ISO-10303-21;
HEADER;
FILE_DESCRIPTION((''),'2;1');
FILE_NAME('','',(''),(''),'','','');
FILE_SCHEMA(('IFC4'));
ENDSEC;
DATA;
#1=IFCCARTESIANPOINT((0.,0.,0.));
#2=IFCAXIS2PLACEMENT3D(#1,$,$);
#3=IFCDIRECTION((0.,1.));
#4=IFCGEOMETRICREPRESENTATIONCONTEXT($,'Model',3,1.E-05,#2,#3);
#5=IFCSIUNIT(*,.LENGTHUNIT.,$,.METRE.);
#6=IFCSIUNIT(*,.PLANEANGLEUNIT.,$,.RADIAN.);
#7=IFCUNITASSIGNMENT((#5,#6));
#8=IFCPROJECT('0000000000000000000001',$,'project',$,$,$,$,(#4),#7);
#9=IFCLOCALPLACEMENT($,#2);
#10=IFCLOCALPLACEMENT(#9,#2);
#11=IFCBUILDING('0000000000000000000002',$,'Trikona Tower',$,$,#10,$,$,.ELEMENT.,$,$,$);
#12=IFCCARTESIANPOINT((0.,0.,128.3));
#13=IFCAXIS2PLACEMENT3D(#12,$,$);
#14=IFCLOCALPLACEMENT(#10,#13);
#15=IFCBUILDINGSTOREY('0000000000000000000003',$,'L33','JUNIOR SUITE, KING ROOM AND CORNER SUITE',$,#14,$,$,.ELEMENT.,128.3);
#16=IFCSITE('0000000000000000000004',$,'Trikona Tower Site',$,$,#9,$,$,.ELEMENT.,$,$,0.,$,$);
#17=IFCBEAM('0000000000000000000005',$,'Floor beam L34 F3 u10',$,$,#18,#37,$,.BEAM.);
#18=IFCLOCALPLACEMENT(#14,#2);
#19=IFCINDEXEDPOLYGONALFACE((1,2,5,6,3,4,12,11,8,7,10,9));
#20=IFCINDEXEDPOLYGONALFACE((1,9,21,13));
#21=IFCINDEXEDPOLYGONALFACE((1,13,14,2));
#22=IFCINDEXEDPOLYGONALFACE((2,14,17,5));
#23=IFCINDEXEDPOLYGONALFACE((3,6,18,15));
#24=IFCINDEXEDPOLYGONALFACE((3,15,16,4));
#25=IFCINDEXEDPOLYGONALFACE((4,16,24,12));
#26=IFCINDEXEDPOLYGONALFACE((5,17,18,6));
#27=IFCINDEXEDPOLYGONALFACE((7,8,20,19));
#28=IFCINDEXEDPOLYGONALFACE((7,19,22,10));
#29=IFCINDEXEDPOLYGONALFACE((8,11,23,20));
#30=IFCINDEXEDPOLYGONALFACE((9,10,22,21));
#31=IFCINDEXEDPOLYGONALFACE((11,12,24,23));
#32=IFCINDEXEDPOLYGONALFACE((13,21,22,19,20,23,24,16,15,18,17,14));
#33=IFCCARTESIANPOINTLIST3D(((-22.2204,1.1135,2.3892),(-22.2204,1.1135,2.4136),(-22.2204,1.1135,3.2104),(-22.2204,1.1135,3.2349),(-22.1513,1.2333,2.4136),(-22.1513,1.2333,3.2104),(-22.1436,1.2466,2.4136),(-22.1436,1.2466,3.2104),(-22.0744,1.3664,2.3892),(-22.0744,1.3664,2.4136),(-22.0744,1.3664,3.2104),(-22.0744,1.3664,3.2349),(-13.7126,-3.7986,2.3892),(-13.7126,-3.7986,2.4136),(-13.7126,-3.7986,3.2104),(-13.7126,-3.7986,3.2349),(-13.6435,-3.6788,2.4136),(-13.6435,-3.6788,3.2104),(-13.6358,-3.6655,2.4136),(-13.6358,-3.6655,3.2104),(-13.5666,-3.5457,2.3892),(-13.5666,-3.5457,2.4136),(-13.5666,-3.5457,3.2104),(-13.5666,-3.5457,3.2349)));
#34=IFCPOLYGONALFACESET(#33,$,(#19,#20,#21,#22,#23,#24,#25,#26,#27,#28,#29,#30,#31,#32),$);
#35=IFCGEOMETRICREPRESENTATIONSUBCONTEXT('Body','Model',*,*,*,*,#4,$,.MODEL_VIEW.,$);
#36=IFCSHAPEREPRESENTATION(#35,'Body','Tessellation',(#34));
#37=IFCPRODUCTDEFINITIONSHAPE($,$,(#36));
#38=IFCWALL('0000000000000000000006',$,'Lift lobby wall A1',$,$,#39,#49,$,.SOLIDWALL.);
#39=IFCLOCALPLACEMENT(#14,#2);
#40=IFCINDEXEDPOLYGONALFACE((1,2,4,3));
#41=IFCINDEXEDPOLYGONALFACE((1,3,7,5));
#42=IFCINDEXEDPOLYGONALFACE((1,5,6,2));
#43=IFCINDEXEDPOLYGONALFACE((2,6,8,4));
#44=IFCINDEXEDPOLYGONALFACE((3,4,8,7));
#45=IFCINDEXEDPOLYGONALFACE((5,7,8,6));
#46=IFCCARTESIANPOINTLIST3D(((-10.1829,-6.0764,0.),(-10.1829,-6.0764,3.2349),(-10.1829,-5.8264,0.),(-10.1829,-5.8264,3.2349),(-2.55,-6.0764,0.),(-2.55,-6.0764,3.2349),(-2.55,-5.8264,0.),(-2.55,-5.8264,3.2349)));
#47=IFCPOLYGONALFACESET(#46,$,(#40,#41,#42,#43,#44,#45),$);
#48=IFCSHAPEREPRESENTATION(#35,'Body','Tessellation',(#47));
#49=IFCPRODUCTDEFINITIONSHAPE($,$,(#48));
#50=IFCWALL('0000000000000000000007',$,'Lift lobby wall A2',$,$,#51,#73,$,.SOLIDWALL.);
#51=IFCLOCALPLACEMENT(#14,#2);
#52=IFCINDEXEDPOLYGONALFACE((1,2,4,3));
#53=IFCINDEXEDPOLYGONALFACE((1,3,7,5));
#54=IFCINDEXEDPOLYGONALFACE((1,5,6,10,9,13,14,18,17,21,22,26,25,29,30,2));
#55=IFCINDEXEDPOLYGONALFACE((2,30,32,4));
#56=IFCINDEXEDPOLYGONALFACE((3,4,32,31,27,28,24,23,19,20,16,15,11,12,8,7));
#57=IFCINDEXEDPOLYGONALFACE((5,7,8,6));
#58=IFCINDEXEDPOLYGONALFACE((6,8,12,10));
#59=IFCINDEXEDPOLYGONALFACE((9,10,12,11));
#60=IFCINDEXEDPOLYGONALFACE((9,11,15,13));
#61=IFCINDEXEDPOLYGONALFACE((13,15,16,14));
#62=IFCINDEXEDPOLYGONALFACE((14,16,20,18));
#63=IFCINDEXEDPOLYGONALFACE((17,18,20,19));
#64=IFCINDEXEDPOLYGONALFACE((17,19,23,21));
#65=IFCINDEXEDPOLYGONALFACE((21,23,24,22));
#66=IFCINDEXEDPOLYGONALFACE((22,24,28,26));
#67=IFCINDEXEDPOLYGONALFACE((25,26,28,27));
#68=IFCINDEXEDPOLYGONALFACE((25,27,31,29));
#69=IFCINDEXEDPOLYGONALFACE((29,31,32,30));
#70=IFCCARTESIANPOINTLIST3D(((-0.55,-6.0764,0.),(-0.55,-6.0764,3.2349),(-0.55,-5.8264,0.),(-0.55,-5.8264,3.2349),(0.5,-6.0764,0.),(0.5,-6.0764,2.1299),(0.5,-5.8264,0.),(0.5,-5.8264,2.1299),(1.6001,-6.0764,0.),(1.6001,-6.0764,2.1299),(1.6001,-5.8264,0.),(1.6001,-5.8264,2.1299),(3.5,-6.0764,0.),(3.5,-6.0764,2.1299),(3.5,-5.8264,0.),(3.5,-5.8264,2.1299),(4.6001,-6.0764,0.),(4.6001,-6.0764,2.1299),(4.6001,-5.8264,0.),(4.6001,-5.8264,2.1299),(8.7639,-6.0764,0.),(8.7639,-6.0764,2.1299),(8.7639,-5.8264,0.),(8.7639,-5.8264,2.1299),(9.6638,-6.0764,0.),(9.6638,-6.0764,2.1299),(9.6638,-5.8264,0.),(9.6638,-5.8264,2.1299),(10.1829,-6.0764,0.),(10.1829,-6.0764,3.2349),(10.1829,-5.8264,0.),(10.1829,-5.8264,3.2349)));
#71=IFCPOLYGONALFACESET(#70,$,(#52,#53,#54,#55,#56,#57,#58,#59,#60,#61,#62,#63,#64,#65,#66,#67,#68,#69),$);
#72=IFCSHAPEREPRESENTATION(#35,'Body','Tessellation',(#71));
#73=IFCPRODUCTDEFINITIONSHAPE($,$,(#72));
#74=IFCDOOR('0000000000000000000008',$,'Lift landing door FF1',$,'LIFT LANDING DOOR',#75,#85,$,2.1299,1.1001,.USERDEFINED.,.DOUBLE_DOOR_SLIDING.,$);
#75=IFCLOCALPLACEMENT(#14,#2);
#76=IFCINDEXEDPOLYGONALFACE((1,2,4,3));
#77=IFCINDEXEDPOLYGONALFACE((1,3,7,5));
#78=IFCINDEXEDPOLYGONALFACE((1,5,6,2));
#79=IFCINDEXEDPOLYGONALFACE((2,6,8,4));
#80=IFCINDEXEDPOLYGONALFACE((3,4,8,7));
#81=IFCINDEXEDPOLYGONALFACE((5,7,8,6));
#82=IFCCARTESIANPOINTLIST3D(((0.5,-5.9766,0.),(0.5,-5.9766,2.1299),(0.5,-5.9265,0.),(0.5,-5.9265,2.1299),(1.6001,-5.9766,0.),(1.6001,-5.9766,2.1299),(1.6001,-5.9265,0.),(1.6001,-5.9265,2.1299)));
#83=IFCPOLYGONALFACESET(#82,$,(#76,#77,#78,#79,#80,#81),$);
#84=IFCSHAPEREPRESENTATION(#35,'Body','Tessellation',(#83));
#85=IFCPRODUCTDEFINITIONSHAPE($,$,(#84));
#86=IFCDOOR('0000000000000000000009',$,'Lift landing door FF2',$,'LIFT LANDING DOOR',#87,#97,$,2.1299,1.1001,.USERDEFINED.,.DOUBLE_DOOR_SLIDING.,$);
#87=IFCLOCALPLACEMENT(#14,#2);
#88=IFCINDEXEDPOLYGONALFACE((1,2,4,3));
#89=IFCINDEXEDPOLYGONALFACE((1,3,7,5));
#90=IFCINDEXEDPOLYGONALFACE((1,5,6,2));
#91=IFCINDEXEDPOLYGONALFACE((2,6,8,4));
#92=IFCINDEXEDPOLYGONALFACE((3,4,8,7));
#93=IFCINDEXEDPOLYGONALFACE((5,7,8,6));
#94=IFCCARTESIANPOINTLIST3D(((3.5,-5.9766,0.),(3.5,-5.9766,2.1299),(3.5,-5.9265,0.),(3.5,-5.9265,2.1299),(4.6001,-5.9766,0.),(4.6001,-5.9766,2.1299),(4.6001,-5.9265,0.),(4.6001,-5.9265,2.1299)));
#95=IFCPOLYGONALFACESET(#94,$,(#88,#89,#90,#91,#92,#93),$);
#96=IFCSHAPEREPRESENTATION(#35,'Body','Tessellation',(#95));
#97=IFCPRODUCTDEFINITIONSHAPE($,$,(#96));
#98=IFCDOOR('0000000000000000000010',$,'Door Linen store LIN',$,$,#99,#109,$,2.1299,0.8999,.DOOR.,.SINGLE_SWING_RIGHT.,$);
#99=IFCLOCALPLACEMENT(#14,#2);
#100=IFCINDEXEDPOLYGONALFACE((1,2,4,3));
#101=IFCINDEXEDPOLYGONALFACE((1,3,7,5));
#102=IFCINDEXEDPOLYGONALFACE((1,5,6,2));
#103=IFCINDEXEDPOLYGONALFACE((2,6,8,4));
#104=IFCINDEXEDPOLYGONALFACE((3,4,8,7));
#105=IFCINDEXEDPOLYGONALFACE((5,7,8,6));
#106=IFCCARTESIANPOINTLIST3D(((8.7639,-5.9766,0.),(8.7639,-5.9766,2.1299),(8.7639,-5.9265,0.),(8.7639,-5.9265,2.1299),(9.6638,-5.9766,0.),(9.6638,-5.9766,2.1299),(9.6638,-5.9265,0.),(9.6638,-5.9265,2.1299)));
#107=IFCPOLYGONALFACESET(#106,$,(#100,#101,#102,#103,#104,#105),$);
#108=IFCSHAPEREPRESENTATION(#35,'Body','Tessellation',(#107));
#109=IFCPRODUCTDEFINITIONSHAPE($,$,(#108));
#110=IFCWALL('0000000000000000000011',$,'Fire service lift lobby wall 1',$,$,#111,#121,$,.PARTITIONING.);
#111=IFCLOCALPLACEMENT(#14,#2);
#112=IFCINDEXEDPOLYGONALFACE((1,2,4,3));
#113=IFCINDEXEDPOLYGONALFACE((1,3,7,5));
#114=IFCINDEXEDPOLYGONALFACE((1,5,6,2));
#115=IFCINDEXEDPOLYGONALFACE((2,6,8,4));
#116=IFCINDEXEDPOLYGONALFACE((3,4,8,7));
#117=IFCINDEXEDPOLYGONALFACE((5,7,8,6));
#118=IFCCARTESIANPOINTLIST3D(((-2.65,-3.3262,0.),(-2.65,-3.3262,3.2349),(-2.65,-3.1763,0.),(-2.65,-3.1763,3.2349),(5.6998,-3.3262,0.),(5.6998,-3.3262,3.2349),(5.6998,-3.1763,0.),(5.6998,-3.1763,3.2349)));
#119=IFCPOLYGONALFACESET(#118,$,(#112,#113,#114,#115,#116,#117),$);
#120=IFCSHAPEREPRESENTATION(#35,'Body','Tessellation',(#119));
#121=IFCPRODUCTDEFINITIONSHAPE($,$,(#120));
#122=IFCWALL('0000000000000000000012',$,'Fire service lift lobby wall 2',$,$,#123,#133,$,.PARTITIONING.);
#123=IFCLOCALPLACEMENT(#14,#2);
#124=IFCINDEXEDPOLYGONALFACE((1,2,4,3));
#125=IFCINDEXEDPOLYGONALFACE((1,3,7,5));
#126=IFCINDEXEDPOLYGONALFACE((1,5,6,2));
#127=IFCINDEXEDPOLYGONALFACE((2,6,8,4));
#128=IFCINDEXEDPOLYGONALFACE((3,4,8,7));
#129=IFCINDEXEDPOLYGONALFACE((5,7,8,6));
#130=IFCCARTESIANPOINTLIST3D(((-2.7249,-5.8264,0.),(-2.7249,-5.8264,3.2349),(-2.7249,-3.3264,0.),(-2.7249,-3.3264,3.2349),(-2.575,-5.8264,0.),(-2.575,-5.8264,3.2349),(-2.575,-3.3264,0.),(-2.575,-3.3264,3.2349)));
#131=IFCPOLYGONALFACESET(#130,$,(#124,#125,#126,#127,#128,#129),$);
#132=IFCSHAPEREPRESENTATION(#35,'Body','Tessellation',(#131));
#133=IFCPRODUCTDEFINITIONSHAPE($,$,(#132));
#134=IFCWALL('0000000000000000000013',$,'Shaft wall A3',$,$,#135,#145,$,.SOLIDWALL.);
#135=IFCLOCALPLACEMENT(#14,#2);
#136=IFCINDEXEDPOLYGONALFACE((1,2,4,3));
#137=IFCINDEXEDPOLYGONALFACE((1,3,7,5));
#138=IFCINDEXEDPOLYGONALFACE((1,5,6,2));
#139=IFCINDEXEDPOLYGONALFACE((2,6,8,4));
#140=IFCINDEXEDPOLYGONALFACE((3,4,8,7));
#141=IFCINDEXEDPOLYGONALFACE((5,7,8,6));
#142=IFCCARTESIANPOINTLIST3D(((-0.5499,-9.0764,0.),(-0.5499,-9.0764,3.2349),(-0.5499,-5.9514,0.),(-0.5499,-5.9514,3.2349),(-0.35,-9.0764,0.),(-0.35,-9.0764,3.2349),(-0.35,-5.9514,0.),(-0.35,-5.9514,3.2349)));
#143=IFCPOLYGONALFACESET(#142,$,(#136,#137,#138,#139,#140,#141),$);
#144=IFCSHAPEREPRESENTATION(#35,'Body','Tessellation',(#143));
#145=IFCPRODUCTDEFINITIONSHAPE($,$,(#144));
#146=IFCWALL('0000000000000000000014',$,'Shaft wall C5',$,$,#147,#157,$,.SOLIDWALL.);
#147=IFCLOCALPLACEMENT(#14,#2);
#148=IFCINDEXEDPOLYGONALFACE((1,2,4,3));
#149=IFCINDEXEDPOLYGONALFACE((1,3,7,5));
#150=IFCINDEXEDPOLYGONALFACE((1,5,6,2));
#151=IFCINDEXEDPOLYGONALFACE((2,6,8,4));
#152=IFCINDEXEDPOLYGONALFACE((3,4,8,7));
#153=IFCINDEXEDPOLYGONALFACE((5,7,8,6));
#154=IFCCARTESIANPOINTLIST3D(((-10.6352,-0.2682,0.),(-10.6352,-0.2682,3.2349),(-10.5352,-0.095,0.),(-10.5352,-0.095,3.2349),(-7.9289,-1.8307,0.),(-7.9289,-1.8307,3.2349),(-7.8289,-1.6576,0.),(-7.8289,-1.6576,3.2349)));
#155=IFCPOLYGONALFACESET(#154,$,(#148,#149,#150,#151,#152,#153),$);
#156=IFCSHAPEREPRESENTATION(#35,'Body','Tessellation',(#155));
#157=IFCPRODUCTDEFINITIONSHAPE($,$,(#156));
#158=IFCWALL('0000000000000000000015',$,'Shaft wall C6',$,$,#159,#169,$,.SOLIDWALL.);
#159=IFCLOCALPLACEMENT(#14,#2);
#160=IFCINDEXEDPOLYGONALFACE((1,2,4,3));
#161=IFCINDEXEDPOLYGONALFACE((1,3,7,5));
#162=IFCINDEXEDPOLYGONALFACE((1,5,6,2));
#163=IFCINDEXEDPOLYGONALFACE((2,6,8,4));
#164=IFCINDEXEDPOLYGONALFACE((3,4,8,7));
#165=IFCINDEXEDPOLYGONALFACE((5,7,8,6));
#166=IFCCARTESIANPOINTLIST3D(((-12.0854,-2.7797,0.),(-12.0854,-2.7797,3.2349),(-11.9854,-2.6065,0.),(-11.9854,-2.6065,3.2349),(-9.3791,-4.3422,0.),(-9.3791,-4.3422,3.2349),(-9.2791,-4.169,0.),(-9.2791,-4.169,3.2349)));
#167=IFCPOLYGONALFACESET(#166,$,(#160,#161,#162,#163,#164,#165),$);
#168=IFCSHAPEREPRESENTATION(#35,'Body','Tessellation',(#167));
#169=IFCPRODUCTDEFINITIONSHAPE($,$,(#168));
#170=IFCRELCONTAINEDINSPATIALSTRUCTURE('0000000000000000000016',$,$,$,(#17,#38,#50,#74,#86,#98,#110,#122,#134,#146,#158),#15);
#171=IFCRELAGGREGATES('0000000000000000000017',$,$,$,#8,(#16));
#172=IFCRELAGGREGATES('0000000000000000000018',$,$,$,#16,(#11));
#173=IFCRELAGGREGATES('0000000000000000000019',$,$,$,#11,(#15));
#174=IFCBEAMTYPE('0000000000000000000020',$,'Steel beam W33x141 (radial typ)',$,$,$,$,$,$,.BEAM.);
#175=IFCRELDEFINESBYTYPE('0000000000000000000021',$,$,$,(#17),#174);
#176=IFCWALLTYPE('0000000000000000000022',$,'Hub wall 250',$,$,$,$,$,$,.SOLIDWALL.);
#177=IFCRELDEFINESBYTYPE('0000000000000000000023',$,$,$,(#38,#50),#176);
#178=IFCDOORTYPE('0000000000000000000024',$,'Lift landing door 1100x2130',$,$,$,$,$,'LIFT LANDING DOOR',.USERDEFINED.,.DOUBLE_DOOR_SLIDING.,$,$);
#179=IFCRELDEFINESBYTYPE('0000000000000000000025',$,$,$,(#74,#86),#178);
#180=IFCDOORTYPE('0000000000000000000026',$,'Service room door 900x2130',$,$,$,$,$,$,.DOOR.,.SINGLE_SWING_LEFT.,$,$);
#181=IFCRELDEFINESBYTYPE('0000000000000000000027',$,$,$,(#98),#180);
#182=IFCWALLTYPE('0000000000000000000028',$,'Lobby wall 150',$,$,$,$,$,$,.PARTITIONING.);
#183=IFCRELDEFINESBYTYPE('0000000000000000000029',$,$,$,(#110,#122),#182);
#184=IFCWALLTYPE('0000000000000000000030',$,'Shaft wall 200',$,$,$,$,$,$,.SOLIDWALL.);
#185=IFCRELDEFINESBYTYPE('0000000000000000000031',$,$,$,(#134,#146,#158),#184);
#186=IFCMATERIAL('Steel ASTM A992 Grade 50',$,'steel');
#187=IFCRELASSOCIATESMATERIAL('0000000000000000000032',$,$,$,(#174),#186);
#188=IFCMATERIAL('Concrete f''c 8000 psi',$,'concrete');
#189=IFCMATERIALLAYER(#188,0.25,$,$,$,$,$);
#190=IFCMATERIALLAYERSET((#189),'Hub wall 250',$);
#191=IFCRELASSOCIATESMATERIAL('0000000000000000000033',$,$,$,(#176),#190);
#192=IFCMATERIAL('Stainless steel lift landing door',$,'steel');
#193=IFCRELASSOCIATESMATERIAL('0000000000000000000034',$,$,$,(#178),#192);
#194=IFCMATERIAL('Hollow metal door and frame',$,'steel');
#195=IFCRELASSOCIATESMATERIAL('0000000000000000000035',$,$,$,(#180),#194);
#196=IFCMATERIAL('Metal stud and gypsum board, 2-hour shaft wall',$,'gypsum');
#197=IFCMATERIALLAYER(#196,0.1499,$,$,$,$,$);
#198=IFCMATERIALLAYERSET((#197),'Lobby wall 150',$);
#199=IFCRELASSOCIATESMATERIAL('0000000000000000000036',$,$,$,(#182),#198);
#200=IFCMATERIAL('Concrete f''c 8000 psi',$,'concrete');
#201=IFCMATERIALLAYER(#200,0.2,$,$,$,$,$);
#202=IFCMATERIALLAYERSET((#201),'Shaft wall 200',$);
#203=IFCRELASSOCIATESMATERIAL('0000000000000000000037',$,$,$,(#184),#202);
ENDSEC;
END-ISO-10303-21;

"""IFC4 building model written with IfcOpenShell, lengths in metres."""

from ifc_helpers import new_model, si_unit, direction, frame, frame_2d, origin, origin_2d, place, context, subcontext, project, spatial, rectangle, i_section, extrude, material, layer, layer_set, material_profile, profile_set, type_object, element, fill, save


model = new_model("IFC4")

# Units and contexts
model_context = context("Model", 3, precision=1e-05, world=origin(), true_north=direction((0.0, 1.0)))
body_context = subcontext(model_context, "Body", "Model", "MODEL_VIEW")
ifc_project = project(units=[si_unit("LENGTHUNIT", "METRE"), si_unit("PLANEANGLEUNIT", "RADIAN")], contexts=[model_context])

# Site, building, storey
site_placement = place(None, origin())
site = spatial("IfcSite", under=ifc_project, at=site_placement, Name="Trikona Tower Site", CompositionType="ELEMENT", RefElevation=0.0)
building_placement = place(site_placement, origin())
building = spatial("IfcBuilding", under=site, at=building_placement, Name="Trikona Tower", CompositionType="ELEMENT")
storey_placement = place(building_placement, frame((0.0, 0.0, 128.3)))
storey = spatial("IfcBuildingStorey", under=building, at=storey_placement, Name="L33", Description="JUNIOR SUITE, KING ROOM AND CORNER SUITE", CompositionType="ELEMENT", Elevation=128.3)

# Beam
ifc_material_1 = material(Name="Steel ASTM A992 Grade 50", Category="steel")
ifc_material_profile = material_profile(ifc_material_1, i_section(OverallWidth=0.292, OverallDepth=0.8457, WebThickness=0.0154, FlangeThickness=0.0244, at=origin_2d()), Name="W33X141")
ifc_profile_set = profile_set([ifc_material_profile], Name="Steel ASTM A992 Grade 50")
beam_type = type_object("IfcBeamType", Name="Steel beam W33x141 (radial typ)", PredefinedType="BEAM", material=ifc_profile_set)
beam_placement = place(storey_placement, frame((-13.6396, -3.6721, 2.812), z_axis=(-0.86602, 0.500009, 0.0), x_axis=(-0.500009, -0.86602, 0.0)))
element("IfcBeam", 1, at=beam_placement, inside=storey, type_object=beam_type, Name="Floor beam L34 F3 u10", PredefinedType="BEAM", context=body_context, shape_type="SweptSolid", body=[
    extrude(i_section(OverallWidth=0.292, OverallDepth=0.8457, WebThickness=0.0154, FlangeThickness=0.0244, at=origin_2d()), origin(), (0.0, 0.0, 1.0), 9.824),
])

# Wall
ifc_material_2 = material(Name="Concrete f'c 8000 psi", Category="concrete")
ifc_layer_1 = layer(ifc_material_2, 0.25)
ifc_layer_set_1 = layer_set([ifc_layer_1], Name="Hub wall 250")
wall_type_1 = type_object("IfcWallType", Name="Hub wall 250", PredefinedType="SOLIDWALL", material=ifc_layer_set_1)
wall_1_placement = place(storey_placement, frame((-10.1829, -5.9514, 0.0), z_axis=(0.0, 0.0, 1.0), x_axis=(1.0, 0.0, 0.0)))
element("IfcWall", 2, at=wall_1_placement, inside=storey, type_object=wall_type_1, Name="Lift lobby wall A1", PredefinedType="SOLIDWALL", context=body_context, shape_type="SweptSolid", body=[
    extrude(rectangle(XDim=7.6328, YDim=0.25, at=frame_2d((3.8164, 0.0))), origin(), (0.0, 0.0, 1.0), 3.2349),
])

# Wall, openings, doors
wall_2_placement = place(storey_placement, frame((-0.55, -5.9514, 0.0), z_axis=(0.0, 0.0, 1.0), x_axis=(1.0, 0.0, 0.0)))
wall_2 = element("IfcWall", 3, at=wall_2_placement, inside=storey, type_object=wall_type_1, Name="Lift lobby wall A2", PredefinedType="SOLIDWALL", context=body_context, shape_type="SweptSolid", body=[
    extrude(rectangle(XDim=10.7329, YDim=0.25, at=frame_2d((5.3665, 0.0))), origin(), (0.0, 0.0, 1.0), 3.2349),
])
opening_1_placement = place(wall_2_placement, frame((9.314, 0.0, 0.0)))
opening_1 = element("IfcOpeningElement", 4, at=opening_1_placement, cuts=wall_2, PredefinedType="OPENING", context=body_context, shape_type="SweptSolid", body=[
    extrude(rectangle(XDim=0.8999, YDim=2.1299, at=frame_2d((0.45, 1.0649))), frame((0.0, 0.135, 0.0), z_axis=(0.0, -1.0, 0.0), x_axis=(1.0, 0.0, 0.0)), (0.0, 0.0, 1.0), 0.27),
])
opening_2_placement = place(wall_2_placement, frame((1.05, 0.0, 0.0)))
opening_2 = element("IfcOpeningElement", 5, at=opening_2_placement, cuts=wall_2, PredefinedType="OPENING", context=body_context, shape_type="SweptSolid", body=[
    extrude(rectangle(XDim=1.1001, YDim=2.1299, at=frame_2d((0.55, 1.0649))), frame((0.0, 0.135, 0.0), z_axis=(0.0, -1.0, 0.0), x_axis=(1.0, 0.0, 0.0)), (0.0, 0.0, 1.0), 0.27),
])
opening_3_placement = place(wall_2_placement, frame((4.05, 0.0, 0.0)))
opening_3 = element("IfcOpeningElement", 6, at=opening_3_placement, cuts=wall_2, PredefinedType="OPENING", context=body_context, shape_type="SweptSolid", body=[
    extrude(rectangle(XDim=1.1001, YDim=2.1299, at=frame_2d((0.55, 1.0649))), frame((0.0, 0.135, 0.0), z_axis=(0.0, -1.0, 0.0), x_axis=(1.0, 0.0, 0.0)), (0.0, 0.0, 1.0), 0.27),
])
ifc_material_3 = material(Name="Stainless steel lift landing door", Category="steel")
door_type_1 = type_object("IfcDoorType", Name="Lift landing door 1100x2130", ElementType="LIFT LANDING DOOR", OperationType="DOUBLE_DOOR_SLIDING", PredefinedType="USERDEFINED", material=ifc_material_3)
door_1_placement = place(opening_2_placement, origin())
door_1 = element("IfcDoor", 7, at=door_1_placement, inside=storey, type_object=door_type_1, Name="Lift landing door FF1", ObjectType="LIFT LANDING DOOR", OperationType="DOUBLE_DOOR_SLIDING", OverallHeight=2.1299, OverallWidth=1.1001, PredefinedType="USERDEFINED", context=body_context, shape_type="SweptSolid", body=[
    extrude(rectangle(XDim=1.1001, YDim=2.1299, at=frame_2d((0.55, 1.0649))), frame((0.0, 0.0249, 0.0), z_axis=(0.0, -1.0, 0.0), x_axis=(1.0, 0.0, 0.0)), (0.0, 0.0, 1.0), 0.05),
])
fill(opening_2, door_1)
door_2_placement = place(opening_3_placement, origin())
door_2 = element("IfcDoor", 8, at=door_2_placement, inside=storey, type_object=door_type_1, Name="Lift landing door FF2", ObjectType="LIFT LANDING DOOR", OperationType="DOUBLE_DOOR_SLIDING", OverallHeight=2.1299, OverallWidth=1.1001, PredefinedType="USERDEFINED", context=body_context, shape_type="SweptSolid", body=[
    extrude(rectangle(XDim=1.1001, YDim=2.1299, at=frame_2d((0.55, 1.0649))), frame((0.0, 0.0249, 0.0), z_axis=(0.0, -1.0, 0.0), x_axis=(1.0, 0.0, 0.0)), (0.0, 0.0, 1.0), 0.05),
])
fill(opening_3, door_2)
ifc_material_4 = material(Name="Hollow metal door and frame", Category="steel")
door_type_2 = type_object("IfcDoorType", Name="Service room door 900x2130", OperationType="SINGLE_SWING_LEFT", PredefinedType="DOOR", material=ifc_material_4)
door_3_placement = place(opening_1_placement, origin())
door_3 = element("IfcDoor", 9, at=door_3_placement, inside=storey, type_object=door_type_2, Name="Door Linen store LIN", OperationType="SINGLE_SWING_RIGHT", OverallHeight=2.1299, OverallWidth=0.8999, PredefinedType="DOOR", context=body_context, shape_type="SweptSolid", body=[
    extrude(rectangle(XDim=0.8999, YDim=2.1299, at=frame_2d((0.45, 1.0649))), frame((0.0, 0.0249, 0.0), z_axis=(0.0, -1.0, 0.0), x_axis=(1.0, 0.0, 0.0)), (0.0, 0.0, 1.0), 0.05),
])
fill(opening_1, door_3)

# Walls
ifc_material_5 = material(Name="Metal stud and gypsum board, 2-hour shaft wall", Category="gypsum")
ifc_layer_2 = layer(ifc_material_5, 0.1499)
ifc_layer_set_2 = layer_set([ifc_layer_2], Name="Lobby wall 150")
wall_type_2 = type_object("IfcWallType", Name="Lobby wall 150", PredefinedType="PARTITIONING", material=ifc_layer_set_2)
wall_3_placement = place(storey_placement, frame((-2.6499, -3.2512, 0.0), z_axis=(0.0, 0.0, 1.0), x_axis=(1.0, 0.0, 0.0)))
element("IfcWall", 10, at=wall_3_placement, inside=storey, type_object=wall_type_2, Name="Fire service lift lobby wall 1", PredefinedType="PARTITIONING", context=body_context, shape_type="SweptSolid", body=[
    extrude(rectangle(XDim=8.3499, YDim=0.1499, at=frame_2d((4.1748, 0.0))), origin(), (0.0, 0.0, 1.0), 3.2349),
])
wall_4_placement = place(storey_placement, frame((-2.6499, -5.8264, 0.0), z_axis=(0.0, 0.0, 1.0), x_axis=(0.0, 1.0, 0.0)))
element("IfcWall", 11, at=wall_4_placement, inside=storey, type_object=wall_type_2, Name="Fire service lift lobby wall 2", PredefinedType="PARTITIONING", context=body_context, shape_type="SweptSolid", body=[
    extrude(rectangle(XDim=2.5, YDim=0.1499, at=frame_2d((1.25, 0.0))), origin(), (0.0, 0.0, 1.0), 3.2349),
])
ifc_material_6 = material(Name="Concrete f'c 8000 psi", Category="concrete")
ifc_layer_3 = layer(ifc_material_6, 0.2)
ifc_layer_set_3 = layer_set([ifc_layer_3], Name="Shaft wall 200")
wall_type_3 = type_object("IfcWallType", Name="Shaft wall 200", PredefinedType="SOLIDWALL", material=ifc_layer_set_3)
for number, where, z_axis, x_axis, name in (
    (12, (-0.45, -5.9514, 0.0), (0.0, 0.0, 1.0), (0.0, -1.0, 0.0), "Shaft wall A3"),
    (13, (-7.8789, -1.7441, 0.0), (0.0, 0.0, 1.0), (-0.866023, 0.500004, 0.0), "Shaft wall C5"),
    (14, (-9.3291, -4.2556, 0.0), (0.0, 0.0, 1.0), (-0.866023, 0.500004, 0.0), "Shaft wall C6"),
):
    element("IfcWall", number, at=place(storey_placement, frame(where, z_axis=z_axis, x_axis=x_axis)), inside=storey, type_object=wall_type_3, Name=name, PredefinedType="SOLIDWALL", context=body_context, shape_type="SweptSolid", body=[
        extrude(rectangle(XDim=3.125, YDim=0.2, at=frame_2d((1.5625, 0.0))), origin(), (0.0, 0.0, 1.0), 3.2349),
    ])

save(model, "model.ifc")
